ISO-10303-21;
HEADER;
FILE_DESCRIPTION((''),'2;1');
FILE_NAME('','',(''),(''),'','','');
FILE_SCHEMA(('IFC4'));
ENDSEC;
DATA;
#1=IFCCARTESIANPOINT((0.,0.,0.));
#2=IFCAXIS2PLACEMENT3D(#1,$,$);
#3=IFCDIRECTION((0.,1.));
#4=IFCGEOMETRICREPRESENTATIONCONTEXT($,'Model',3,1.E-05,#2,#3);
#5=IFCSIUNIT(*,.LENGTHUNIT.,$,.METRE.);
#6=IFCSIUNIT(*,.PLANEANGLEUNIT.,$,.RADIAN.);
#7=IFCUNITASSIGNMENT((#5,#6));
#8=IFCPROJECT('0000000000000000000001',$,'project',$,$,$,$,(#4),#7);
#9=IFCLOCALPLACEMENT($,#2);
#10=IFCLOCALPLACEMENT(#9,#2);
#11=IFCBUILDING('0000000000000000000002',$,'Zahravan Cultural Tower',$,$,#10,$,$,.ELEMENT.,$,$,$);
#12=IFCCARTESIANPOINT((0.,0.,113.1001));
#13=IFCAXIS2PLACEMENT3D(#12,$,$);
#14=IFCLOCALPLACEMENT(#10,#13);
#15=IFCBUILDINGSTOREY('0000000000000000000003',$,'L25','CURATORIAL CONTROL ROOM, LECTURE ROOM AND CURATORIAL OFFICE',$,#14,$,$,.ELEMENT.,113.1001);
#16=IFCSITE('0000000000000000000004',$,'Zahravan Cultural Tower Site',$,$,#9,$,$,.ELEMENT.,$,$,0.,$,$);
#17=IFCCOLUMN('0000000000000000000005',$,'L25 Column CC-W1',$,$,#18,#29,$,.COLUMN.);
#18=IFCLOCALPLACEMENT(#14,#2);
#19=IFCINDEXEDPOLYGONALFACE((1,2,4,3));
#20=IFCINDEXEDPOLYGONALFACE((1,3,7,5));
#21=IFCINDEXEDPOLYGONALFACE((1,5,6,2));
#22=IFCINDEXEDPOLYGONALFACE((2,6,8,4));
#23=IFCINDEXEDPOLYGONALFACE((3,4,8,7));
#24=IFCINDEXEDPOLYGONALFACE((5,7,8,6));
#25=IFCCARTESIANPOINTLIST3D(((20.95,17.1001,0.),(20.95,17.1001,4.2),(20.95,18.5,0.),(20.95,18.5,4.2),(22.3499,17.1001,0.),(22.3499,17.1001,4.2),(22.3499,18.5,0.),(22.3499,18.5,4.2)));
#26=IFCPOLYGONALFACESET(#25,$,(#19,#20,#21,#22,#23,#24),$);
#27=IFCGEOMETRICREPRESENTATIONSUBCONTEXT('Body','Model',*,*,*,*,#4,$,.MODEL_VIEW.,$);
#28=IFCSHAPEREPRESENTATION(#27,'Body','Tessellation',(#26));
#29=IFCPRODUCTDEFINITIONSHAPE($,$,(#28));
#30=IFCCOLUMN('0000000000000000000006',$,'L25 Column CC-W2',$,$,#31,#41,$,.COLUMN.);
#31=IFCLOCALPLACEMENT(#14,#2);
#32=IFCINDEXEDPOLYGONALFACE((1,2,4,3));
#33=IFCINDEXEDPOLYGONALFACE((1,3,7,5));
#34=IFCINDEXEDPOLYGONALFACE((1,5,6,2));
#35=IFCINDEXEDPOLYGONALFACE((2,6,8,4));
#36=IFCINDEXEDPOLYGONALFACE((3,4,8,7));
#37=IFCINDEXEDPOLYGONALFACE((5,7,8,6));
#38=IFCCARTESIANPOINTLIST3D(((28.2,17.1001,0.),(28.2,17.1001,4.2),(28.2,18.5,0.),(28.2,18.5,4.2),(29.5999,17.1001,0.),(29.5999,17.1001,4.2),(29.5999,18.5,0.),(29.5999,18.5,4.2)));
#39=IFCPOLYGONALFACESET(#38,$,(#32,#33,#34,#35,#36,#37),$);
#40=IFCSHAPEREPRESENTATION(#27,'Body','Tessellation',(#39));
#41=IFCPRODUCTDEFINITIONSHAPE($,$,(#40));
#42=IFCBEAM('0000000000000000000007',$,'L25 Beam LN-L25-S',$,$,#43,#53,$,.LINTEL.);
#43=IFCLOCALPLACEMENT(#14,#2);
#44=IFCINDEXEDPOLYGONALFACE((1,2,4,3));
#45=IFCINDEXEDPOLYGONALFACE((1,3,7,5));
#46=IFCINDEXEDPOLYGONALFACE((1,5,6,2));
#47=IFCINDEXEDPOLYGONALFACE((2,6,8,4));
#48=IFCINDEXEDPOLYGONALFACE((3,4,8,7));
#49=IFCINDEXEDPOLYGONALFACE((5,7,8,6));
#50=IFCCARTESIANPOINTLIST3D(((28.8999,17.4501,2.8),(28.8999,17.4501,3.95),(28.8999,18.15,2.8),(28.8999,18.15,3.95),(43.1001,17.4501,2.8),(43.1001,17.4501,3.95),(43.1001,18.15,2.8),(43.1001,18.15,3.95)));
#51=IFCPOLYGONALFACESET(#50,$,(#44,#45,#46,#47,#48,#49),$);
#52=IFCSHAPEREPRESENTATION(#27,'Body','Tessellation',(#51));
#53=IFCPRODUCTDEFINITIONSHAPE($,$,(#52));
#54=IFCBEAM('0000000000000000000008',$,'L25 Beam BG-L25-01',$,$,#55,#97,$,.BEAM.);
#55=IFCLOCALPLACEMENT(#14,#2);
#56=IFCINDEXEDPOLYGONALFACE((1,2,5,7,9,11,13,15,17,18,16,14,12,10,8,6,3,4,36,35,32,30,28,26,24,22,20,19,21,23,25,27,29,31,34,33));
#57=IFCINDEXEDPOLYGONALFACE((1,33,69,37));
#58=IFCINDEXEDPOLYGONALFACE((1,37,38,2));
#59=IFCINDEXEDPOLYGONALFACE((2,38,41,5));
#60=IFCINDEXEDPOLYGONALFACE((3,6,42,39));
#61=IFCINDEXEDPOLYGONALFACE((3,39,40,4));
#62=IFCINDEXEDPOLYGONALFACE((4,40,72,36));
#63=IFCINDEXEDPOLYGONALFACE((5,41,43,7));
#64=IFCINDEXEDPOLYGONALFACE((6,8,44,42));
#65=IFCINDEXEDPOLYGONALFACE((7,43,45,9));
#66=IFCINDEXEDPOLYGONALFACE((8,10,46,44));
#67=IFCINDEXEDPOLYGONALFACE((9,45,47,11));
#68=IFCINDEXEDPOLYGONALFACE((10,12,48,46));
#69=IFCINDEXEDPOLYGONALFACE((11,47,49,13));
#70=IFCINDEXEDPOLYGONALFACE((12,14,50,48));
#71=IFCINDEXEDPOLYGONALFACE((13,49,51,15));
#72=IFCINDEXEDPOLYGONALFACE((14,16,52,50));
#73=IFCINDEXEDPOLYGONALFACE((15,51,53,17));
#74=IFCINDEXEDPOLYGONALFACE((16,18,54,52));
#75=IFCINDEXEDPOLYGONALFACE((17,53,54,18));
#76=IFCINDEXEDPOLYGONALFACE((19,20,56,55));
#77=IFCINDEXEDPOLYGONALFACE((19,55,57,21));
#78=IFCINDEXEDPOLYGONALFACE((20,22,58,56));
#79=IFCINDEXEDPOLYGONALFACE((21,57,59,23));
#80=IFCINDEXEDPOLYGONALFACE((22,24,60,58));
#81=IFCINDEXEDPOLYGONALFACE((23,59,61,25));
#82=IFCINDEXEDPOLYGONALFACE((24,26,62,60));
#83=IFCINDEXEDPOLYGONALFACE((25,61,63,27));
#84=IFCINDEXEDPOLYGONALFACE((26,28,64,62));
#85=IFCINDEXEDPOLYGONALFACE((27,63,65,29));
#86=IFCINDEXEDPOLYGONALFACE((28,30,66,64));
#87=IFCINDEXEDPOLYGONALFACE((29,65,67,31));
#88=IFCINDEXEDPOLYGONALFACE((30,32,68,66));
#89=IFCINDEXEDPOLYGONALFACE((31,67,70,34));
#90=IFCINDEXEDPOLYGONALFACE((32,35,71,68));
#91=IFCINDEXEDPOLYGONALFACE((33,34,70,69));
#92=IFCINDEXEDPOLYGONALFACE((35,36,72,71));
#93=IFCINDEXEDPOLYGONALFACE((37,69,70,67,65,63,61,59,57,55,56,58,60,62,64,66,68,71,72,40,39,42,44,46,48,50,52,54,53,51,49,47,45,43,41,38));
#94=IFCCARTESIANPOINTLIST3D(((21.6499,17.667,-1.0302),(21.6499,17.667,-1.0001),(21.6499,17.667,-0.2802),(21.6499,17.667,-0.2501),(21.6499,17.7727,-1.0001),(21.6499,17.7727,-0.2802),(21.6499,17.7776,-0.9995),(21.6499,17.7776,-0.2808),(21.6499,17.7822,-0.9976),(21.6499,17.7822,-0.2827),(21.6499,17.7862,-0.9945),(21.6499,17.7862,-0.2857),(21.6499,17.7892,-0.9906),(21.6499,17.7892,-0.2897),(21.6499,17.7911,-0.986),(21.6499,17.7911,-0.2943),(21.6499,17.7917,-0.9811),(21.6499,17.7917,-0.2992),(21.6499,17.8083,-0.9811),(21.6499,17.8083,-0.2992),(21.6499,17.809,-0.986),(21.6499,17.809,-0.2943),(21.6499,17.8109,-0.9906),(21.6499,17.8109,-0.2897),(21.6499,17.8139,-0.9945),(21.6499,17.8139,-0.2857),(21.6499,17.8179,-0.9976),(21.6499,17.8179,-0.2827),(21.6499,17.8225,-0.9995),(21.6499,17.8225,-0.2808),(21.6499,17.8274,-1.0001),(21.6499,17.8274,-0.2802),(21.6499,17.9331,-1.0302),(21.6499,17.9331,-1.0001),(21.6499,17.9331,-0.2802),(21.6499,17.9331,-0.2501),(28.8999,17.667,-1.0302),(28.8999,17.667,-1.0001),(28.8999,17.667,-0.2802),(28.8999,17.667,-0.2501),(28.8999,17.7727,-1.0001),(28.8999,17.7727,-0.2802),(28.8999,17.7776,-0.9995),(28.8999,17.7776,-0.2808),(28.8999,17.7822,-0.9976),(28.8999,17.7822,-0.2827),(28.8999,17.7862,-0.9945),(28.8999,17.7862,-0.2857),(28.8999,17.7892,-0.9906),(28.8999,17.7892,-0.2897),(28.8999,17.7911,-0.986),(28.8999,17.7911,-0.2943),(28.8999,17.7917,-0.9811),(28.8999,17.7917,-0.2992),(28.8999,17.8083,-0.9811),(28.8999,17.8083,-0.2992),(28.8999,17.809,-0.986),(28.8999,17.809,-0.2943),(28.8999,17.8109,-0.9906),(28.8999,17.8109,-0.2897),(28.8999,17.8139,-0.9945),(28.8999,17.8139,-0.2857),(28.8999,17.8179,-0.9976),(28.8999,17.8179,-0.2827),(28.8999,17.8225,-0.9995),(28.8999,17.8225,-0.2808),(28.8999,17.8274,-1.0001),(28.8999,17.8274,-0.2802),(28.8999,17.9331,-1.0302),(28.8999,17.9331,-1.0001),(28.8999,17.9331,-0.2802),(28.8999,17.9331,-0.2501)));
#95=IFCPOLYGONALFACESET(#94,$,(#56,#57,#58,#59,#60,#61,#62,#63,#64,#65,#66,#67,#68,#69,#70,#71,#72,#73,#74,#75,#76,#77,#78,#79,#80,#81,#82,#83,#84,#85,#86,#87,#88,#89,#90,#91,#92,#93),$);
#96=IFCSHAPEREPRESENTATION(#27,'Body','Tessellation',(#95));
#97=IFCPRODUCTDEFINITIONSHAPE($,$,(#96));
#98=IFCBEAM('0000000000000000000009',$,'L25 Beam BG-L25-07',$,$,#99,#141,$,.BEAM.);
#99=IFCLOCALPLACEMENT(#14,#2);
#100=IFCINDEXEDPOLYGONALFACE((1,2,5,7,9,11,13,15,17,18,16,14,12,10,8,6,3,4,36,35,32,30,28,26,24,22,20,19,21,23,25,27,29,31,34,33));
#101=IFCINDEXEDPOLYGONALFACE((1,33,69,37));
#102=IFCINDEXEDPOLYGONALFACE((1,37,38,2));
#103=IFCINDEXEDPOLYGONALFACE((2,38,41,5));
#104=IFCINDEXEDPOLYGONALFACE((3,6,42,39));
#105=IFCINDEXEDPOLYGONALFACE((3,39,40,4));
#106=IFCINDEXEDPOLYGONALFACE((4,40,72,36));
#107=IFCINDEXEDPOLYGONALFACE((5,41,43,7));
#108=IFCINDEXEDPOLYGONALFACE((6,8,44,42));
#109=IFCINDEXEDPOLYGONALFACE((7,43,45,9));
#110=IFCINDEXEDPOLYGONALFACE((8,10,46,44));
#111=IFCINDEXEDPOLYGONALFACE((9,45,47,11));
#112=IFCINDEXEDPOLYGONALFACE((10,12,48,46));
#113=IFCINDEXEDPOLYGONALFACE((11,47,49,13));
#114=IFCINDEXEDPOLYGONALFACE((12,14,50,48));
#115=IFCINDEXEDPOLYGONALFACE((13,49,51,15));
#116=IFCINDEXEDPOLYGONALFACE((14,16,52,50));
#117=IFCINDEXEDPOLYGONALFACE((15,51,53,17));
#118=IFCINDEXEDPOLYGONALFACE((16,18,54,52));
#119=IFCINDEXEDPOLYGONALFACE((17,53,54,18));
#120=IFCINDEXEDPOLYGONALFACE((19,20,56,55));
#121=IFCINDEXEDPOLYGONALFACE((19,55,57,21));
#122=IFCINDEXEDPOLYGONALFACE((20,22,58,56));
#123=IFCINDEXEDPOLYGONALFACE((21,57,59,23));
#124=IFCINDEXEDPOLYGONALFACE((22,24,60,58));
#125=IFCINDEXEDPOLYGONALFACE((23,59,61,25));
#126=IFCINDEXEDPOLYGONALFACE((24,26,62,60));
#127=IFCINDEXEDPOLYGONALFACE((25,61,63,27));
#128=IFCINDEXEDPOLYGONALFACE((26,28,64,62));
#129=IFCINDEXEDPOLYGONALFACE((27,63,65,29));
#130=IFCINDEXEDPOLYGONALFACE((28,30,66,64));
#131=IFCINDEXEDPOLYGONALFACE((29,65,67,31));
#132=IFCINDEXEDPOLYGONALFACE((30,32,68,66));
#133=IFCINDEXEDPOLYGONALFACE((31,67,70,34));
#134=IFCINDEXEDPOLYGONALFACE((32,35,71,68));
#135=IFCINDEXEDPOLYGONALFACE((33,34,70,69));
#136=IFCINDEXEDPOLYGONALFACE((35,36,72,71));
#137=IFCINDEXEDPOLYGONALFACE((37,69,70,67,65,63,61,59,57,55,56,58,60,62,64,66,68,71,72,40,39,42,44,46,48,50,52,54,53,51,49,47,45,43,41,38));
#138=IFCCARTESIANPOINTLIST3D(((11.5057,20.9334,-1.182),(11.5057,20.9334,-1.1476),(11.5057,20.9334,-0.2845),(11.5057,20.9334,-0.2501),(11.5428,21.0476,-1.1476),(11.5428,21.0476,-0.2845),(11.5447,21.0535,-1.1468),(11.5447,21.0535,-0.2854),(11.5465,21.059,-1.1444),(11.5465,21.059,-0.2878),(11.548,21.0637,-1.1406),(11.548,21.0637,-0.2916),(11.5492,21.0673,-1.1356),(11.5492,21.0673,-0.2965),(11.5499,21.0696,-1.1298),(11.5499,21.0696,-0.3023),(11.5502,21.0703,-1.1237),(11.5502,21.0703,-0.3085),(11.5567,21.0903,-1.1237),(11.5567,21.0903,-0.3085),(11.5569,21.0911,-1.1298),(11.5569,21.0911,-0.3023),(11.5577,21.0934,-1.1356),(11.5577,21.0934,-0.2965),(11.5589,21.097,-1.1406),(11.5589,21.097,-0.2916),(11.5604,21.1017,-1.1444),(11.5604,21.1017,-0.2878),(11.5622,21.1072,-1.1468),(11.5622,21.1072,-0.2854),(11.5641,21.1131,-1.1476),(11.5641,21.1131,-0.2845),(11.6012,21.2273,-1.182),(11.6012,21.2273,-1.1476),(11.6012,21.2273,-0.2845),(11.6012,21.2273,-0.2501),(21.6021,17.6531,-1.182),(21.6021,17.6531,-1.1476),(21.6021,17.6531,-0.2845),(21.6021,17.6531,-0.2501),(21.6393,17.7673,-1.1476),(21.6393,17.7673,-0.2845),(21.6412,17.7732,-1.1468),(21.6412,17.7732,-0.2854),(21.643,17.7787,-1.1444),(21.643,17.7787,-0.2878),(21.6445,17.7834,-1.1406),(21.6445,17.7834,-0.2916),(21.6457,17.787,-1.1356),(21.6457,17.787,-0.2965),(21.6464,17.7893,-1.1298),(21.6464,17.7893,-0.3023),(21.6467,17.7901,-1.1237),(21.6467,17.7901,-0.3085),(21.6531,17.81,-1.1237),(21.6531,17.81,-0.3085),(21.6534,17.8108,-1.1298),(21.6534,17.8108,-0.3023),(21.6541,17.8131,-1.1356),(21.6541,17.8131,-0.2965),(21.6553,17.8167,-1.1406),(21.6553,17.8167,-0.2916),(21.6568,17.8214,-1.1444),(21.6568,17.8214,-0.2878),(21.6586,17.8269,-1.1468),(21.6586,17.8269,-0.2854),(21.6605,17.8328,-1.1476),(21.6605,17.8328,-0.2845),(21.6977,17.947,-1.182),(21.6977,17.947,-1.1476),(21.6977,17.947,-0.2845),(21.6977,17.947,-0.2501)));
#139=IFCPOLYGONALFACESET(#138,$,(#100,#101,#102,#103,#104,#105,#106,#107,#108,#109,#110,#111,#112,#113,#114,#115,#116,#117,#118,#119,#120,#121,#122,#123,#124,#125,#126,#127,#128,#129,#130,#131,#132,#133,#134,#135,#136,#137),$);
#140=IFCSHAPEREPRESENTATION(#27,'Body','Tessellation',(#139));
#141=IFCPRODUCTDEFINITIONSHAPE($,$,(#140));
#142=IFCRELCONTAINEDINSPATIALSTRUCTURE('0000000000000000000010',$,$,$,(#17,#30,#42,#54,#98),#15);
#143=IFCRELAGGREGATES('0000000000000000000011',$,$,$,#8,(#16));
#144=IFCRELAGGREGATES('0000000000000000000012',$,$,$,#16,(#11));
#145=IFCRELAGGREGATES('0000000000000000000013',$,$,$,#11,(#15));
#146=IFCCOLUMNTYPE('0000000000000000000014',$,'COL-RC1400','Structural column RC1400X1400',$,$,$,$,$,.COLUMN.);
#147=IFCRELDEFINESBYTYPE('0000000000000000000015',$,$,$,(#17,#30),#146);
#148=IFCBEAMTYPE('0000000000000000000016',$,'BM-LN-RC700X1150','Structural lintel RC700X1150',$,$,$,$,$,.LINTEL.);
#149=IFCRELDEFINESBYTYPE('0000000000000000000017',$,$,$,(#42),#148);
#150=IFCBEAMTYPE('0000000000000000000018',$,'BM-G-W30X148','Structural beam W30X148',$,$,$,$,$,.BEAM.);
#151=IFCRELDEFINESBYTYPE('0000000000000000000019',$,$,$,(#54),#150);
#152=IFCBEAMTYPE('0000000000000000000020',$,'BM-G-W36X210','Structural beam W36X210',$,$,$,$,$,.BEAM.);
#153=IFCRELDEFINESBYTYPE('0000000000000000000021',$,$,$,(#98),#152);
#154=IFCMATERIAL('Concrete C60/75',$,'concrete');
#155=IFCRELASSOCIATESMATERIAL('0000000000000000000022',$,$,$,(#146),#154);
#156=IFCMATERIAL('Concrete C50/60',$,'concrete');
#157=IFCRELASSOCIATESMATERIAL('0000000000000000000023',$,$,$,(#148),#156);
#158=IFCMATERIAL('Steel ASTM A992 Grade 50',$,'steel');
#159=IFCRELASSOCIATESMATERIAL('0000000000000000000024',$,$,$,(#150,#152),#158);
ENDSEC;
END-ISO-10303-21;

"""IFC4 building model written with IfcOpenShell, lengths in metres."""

from ifc_helpers import new_model, si_unit, direction, frame, origin, origin_2d, place, context, subcontext, project, spatial, rectangle, i_section, extrude, source, transform, mapped, material, material_profile, profile_set, type_object, element, save


model = new_model("IFC4")

# Units and contexts
model_context = context("Model", 3, precision=1e-05, world=origin(), true_north=direction((0.0, 1.0)))
body_context = subcontext(model_context, "Body", "Model", "MODEL_VIEW")
ifc_project = project(units=[si_unit("LENGTHUNIT", "METRE"), si_unit("PLANEANGLEUNIT", "RADIAN")], contexts=[model_context])

# Site, building, storey
site_placement = place(None, origin())
site = spatial("IfcSite", under=ifc_project, at=site_placement, Name="Zahravan Cultural Tower Site", CompositionType="ELEMENT", RefElevation=0.0)
building_placement = place(site_placement, origin())
building = spatial("IfcBuilding", under=site, at=building_placement, Name="Zahravan Cultural Tower", CompositionType="ELEMENT")
storey_placement = place(building_placement, frame((0.0, 0.0, 113.1001)))
storey = spatial("IfcBuildingStorey", under=building, at=storey_placement, Name="L25", Description="CURATORIAL CONTROL ROOM, LECTURE ROOM AND CURATORIAL OFFICE", CompositionType="ELEMENT", Elevation=113.1001)

# Columns
ifc_material_1 = material(Name="Concrete C60/75", Category="concrete")
ifc_material_profile_1 = material_profile(ifc_material_1, rectangle(XDim=1.3999, YDim=1.3999, at=origin_2d()), Name="RC1400X1400")
ifc_profile_set_1 = profile_set([ifc_material_profile_1], Name="Concrete C60/75")
column_type = type_object("IfcColumnType", Name="COL-RC1400", Description="Structural column RC1400X1400", PredefinedType="COLUMN", material=ifc_profile_set_1)
shared_shape_1 = source(origin(), body_context, "Body", "SweptSolid", [
    extrude(rectangle(XDim=1.3999, YDim=1.3999, at=origin_2d()), origin(), (0.0, 0.0, 1.0), 4.2),
])
for number, where, z_axis, x_axis, name in (
    (1, (21.6499, 17.8, 0.0), (0.0, 0.0, 1.0), (1.0, 0.0, 0.0), "L25 Column CC-W1"),
    (2, (28.8999, 17.8, 0.0), (0.0, 0.0, 1.0), (1.0, 0.0, 0.0), "L25 Column CC-W2"),
):
    element("IfcColumn", number, at=place(storey_placement, frame(where, z_axis=z_axis, x_axis=x_axis)), inside=storey, type_object=column_type, Name=name, PredefinedType="COLUMN", context=body_context, shape_type="MappedRepresentation", body=[
        mapped(shared_shape_1, transform((0.0, 0.0, 0.0), x_axis=(1.0, 0.0, 0.0), y_axis=(0.0, 1.0, 0.0), z_axis=(0.0, 0.0, 1.0), scale=1.0)),
    ])

# Beams
ifc_material_2 = material(Name="Concrete C50/60", Category="concrete")
ifc_material_profile_2 = material_profile(ifc_material_2, rectangle(XDim=0.7, YDim=1.1499, at=origin_2d()), Name="RC700X1150")
ifc_profile_set_2 = profile_set([ifc_material_profile_2], Name="Concrete C50/60")
beam_type_1 = type_object("IfcBeamType", Name="BM-LN-RC700X1150", Description="Structural lintel RC700X1150", PredefinedType="LINTEL", material=ifc_profile_set_2)
shared_shape_2 = source(origin(), body_context, "Body", "SweptSolid", [
    extrude(rectangle(XDim=0.7, YDim=1.1499, at=origin_2d()), origin(), (0.0, 0.0, 1.0), 14.2002),
])
beam_1_placement = place(storey_placement, frame((28.8999, 17.8, 3.375), z_axis=(1.0, 0.0, 0.0), x_axis=(0.0, 1.0, 0.0)))
element("IfcBeam", 3, at=beam_1_placement, inside=storey, type_object=beam_type_1, Name="L25 Beam LN-L25-S", PredefinedType="LINTEL", context=body_context, shape_type="MappedRepresentation", body=[
    mapped(shared_shape_2, transform((0.0, 0.0, 0.0), x_axis=(1.0, 0.0, 0.0), y_axis=(0.0, 1.0, 0.0), z_axis=(0.0, 0.0, 1.0), scale=1.0)),
])
ifc_material_3 = material(Name="Steel ASTM A992 Grade 50", Category="steel")
ifc_material_profile_3 = material_profile(ifc_material_3, i_section(OverallWidth=0.2661, OverallDepth=0.78, WebThickness=0.0166, FlangeThickness=0.03, FilletRadius=0.019, at=origin_2d()), Name="W30X148")
ifc_profile_set_3 = profile_set([ifc_material_profile_3], Name="Steel ASTM A992 Grade 50")
beam_type_2 = type_object("IfcBeamType", Name="BM-G-W30X148", Description="Structural beam W30X148", PredefinedType="BEAM", material=ifc_profile_set_3)
shared_shape_3 = source(origin(), body_context, "Body", "SweptSolid", [
    extrude(i_section(OverallWidth=0.2661, OverallDepth=0.78, WebThickness=0.0166, FlangeThickness=0.03, FilletRadius=0.019, at=origin_2d()), origin(), (0.0, 0.0, 1.0), 7.25),
])
beam_2_placement = place(storey_placement, frame((21.6499, 17.8, -0.6401), z_axis=(1.0, 0.0, 0.0), x_axis=(0.0, 1.0, 0.0)))
element("IfcBeam", 4, at=beam_2_placement, inside=storey, type_object=beam_type_2, Name="L25 Beam BG-L25-01", PredefinedType="BEAM", context=body_context, shape_type="MappedRepresentation", body=[
    mapped(shared_shape_3, transform((0.0, 0.0, 0.0), x_axis=(1.0, 0.0, 0.0), y_axis=(0.0, 1.0, 0.0), z_axis=(0.0, 0.0, 1.0), scale=1.0)),
])
ifc_material_profile_4 = material_profile(ifc_material_3, i_section(OverallWidth=0.3091, OverallDepth=0.9319, WebThickness=0.021, FlangeThickness=0.0344, FilletRadius=0.0239, at=origin_2d()), Name="W36X210")
ifc_profile_set_4 = profile_set([ifc_material_profile_4], Name="Steel ASTM A992 Grade 50")
beam_type_3 = type_object("IfcBeamType", Name="BM-G-W36X210", Description="Structural beam W36X210", PredefinedType="BEAM", material=ifc_profile_set_4)
shared_shape_4 = source(origin(), body_context, "Body", "SweptSolid", [
    extrude(i_section(OverallWidth=0.3091, OverallDepth=0.9319, WebThickness=0.021, FlangeThickness=0.0344, FilletRadius=0.0239, at=origin_2d()), origin(), (0.0, 0.0, 1.0), 10.616),
])
beam_3_placement = place(storey_placement, frame((21.6499, 17.8, -0.7161), z_axis=(-0.951064, 0.308995, 0.0), x_axis=(-0.308995, -0.951064, 0.0)))
element("IfcBeam", 5, at=beam_3_placement, inside=storey, type_object=beam_type_3, Name="L25 Beam BG-L25-07", PredefinedType="BEAM", context=body_context, shape_type="MappedRepresentation", body=[
    mapped(shared_shape_4, transform((0.0, 0.0, 0.0), x_axis=(1.0, 0.0, 0.0), y_axis=(0.0, 1.0, 0.0), z_axis=(0.0, 0.0, 1.0), scale=1.0)),
])

save(model, "model.ifc")
